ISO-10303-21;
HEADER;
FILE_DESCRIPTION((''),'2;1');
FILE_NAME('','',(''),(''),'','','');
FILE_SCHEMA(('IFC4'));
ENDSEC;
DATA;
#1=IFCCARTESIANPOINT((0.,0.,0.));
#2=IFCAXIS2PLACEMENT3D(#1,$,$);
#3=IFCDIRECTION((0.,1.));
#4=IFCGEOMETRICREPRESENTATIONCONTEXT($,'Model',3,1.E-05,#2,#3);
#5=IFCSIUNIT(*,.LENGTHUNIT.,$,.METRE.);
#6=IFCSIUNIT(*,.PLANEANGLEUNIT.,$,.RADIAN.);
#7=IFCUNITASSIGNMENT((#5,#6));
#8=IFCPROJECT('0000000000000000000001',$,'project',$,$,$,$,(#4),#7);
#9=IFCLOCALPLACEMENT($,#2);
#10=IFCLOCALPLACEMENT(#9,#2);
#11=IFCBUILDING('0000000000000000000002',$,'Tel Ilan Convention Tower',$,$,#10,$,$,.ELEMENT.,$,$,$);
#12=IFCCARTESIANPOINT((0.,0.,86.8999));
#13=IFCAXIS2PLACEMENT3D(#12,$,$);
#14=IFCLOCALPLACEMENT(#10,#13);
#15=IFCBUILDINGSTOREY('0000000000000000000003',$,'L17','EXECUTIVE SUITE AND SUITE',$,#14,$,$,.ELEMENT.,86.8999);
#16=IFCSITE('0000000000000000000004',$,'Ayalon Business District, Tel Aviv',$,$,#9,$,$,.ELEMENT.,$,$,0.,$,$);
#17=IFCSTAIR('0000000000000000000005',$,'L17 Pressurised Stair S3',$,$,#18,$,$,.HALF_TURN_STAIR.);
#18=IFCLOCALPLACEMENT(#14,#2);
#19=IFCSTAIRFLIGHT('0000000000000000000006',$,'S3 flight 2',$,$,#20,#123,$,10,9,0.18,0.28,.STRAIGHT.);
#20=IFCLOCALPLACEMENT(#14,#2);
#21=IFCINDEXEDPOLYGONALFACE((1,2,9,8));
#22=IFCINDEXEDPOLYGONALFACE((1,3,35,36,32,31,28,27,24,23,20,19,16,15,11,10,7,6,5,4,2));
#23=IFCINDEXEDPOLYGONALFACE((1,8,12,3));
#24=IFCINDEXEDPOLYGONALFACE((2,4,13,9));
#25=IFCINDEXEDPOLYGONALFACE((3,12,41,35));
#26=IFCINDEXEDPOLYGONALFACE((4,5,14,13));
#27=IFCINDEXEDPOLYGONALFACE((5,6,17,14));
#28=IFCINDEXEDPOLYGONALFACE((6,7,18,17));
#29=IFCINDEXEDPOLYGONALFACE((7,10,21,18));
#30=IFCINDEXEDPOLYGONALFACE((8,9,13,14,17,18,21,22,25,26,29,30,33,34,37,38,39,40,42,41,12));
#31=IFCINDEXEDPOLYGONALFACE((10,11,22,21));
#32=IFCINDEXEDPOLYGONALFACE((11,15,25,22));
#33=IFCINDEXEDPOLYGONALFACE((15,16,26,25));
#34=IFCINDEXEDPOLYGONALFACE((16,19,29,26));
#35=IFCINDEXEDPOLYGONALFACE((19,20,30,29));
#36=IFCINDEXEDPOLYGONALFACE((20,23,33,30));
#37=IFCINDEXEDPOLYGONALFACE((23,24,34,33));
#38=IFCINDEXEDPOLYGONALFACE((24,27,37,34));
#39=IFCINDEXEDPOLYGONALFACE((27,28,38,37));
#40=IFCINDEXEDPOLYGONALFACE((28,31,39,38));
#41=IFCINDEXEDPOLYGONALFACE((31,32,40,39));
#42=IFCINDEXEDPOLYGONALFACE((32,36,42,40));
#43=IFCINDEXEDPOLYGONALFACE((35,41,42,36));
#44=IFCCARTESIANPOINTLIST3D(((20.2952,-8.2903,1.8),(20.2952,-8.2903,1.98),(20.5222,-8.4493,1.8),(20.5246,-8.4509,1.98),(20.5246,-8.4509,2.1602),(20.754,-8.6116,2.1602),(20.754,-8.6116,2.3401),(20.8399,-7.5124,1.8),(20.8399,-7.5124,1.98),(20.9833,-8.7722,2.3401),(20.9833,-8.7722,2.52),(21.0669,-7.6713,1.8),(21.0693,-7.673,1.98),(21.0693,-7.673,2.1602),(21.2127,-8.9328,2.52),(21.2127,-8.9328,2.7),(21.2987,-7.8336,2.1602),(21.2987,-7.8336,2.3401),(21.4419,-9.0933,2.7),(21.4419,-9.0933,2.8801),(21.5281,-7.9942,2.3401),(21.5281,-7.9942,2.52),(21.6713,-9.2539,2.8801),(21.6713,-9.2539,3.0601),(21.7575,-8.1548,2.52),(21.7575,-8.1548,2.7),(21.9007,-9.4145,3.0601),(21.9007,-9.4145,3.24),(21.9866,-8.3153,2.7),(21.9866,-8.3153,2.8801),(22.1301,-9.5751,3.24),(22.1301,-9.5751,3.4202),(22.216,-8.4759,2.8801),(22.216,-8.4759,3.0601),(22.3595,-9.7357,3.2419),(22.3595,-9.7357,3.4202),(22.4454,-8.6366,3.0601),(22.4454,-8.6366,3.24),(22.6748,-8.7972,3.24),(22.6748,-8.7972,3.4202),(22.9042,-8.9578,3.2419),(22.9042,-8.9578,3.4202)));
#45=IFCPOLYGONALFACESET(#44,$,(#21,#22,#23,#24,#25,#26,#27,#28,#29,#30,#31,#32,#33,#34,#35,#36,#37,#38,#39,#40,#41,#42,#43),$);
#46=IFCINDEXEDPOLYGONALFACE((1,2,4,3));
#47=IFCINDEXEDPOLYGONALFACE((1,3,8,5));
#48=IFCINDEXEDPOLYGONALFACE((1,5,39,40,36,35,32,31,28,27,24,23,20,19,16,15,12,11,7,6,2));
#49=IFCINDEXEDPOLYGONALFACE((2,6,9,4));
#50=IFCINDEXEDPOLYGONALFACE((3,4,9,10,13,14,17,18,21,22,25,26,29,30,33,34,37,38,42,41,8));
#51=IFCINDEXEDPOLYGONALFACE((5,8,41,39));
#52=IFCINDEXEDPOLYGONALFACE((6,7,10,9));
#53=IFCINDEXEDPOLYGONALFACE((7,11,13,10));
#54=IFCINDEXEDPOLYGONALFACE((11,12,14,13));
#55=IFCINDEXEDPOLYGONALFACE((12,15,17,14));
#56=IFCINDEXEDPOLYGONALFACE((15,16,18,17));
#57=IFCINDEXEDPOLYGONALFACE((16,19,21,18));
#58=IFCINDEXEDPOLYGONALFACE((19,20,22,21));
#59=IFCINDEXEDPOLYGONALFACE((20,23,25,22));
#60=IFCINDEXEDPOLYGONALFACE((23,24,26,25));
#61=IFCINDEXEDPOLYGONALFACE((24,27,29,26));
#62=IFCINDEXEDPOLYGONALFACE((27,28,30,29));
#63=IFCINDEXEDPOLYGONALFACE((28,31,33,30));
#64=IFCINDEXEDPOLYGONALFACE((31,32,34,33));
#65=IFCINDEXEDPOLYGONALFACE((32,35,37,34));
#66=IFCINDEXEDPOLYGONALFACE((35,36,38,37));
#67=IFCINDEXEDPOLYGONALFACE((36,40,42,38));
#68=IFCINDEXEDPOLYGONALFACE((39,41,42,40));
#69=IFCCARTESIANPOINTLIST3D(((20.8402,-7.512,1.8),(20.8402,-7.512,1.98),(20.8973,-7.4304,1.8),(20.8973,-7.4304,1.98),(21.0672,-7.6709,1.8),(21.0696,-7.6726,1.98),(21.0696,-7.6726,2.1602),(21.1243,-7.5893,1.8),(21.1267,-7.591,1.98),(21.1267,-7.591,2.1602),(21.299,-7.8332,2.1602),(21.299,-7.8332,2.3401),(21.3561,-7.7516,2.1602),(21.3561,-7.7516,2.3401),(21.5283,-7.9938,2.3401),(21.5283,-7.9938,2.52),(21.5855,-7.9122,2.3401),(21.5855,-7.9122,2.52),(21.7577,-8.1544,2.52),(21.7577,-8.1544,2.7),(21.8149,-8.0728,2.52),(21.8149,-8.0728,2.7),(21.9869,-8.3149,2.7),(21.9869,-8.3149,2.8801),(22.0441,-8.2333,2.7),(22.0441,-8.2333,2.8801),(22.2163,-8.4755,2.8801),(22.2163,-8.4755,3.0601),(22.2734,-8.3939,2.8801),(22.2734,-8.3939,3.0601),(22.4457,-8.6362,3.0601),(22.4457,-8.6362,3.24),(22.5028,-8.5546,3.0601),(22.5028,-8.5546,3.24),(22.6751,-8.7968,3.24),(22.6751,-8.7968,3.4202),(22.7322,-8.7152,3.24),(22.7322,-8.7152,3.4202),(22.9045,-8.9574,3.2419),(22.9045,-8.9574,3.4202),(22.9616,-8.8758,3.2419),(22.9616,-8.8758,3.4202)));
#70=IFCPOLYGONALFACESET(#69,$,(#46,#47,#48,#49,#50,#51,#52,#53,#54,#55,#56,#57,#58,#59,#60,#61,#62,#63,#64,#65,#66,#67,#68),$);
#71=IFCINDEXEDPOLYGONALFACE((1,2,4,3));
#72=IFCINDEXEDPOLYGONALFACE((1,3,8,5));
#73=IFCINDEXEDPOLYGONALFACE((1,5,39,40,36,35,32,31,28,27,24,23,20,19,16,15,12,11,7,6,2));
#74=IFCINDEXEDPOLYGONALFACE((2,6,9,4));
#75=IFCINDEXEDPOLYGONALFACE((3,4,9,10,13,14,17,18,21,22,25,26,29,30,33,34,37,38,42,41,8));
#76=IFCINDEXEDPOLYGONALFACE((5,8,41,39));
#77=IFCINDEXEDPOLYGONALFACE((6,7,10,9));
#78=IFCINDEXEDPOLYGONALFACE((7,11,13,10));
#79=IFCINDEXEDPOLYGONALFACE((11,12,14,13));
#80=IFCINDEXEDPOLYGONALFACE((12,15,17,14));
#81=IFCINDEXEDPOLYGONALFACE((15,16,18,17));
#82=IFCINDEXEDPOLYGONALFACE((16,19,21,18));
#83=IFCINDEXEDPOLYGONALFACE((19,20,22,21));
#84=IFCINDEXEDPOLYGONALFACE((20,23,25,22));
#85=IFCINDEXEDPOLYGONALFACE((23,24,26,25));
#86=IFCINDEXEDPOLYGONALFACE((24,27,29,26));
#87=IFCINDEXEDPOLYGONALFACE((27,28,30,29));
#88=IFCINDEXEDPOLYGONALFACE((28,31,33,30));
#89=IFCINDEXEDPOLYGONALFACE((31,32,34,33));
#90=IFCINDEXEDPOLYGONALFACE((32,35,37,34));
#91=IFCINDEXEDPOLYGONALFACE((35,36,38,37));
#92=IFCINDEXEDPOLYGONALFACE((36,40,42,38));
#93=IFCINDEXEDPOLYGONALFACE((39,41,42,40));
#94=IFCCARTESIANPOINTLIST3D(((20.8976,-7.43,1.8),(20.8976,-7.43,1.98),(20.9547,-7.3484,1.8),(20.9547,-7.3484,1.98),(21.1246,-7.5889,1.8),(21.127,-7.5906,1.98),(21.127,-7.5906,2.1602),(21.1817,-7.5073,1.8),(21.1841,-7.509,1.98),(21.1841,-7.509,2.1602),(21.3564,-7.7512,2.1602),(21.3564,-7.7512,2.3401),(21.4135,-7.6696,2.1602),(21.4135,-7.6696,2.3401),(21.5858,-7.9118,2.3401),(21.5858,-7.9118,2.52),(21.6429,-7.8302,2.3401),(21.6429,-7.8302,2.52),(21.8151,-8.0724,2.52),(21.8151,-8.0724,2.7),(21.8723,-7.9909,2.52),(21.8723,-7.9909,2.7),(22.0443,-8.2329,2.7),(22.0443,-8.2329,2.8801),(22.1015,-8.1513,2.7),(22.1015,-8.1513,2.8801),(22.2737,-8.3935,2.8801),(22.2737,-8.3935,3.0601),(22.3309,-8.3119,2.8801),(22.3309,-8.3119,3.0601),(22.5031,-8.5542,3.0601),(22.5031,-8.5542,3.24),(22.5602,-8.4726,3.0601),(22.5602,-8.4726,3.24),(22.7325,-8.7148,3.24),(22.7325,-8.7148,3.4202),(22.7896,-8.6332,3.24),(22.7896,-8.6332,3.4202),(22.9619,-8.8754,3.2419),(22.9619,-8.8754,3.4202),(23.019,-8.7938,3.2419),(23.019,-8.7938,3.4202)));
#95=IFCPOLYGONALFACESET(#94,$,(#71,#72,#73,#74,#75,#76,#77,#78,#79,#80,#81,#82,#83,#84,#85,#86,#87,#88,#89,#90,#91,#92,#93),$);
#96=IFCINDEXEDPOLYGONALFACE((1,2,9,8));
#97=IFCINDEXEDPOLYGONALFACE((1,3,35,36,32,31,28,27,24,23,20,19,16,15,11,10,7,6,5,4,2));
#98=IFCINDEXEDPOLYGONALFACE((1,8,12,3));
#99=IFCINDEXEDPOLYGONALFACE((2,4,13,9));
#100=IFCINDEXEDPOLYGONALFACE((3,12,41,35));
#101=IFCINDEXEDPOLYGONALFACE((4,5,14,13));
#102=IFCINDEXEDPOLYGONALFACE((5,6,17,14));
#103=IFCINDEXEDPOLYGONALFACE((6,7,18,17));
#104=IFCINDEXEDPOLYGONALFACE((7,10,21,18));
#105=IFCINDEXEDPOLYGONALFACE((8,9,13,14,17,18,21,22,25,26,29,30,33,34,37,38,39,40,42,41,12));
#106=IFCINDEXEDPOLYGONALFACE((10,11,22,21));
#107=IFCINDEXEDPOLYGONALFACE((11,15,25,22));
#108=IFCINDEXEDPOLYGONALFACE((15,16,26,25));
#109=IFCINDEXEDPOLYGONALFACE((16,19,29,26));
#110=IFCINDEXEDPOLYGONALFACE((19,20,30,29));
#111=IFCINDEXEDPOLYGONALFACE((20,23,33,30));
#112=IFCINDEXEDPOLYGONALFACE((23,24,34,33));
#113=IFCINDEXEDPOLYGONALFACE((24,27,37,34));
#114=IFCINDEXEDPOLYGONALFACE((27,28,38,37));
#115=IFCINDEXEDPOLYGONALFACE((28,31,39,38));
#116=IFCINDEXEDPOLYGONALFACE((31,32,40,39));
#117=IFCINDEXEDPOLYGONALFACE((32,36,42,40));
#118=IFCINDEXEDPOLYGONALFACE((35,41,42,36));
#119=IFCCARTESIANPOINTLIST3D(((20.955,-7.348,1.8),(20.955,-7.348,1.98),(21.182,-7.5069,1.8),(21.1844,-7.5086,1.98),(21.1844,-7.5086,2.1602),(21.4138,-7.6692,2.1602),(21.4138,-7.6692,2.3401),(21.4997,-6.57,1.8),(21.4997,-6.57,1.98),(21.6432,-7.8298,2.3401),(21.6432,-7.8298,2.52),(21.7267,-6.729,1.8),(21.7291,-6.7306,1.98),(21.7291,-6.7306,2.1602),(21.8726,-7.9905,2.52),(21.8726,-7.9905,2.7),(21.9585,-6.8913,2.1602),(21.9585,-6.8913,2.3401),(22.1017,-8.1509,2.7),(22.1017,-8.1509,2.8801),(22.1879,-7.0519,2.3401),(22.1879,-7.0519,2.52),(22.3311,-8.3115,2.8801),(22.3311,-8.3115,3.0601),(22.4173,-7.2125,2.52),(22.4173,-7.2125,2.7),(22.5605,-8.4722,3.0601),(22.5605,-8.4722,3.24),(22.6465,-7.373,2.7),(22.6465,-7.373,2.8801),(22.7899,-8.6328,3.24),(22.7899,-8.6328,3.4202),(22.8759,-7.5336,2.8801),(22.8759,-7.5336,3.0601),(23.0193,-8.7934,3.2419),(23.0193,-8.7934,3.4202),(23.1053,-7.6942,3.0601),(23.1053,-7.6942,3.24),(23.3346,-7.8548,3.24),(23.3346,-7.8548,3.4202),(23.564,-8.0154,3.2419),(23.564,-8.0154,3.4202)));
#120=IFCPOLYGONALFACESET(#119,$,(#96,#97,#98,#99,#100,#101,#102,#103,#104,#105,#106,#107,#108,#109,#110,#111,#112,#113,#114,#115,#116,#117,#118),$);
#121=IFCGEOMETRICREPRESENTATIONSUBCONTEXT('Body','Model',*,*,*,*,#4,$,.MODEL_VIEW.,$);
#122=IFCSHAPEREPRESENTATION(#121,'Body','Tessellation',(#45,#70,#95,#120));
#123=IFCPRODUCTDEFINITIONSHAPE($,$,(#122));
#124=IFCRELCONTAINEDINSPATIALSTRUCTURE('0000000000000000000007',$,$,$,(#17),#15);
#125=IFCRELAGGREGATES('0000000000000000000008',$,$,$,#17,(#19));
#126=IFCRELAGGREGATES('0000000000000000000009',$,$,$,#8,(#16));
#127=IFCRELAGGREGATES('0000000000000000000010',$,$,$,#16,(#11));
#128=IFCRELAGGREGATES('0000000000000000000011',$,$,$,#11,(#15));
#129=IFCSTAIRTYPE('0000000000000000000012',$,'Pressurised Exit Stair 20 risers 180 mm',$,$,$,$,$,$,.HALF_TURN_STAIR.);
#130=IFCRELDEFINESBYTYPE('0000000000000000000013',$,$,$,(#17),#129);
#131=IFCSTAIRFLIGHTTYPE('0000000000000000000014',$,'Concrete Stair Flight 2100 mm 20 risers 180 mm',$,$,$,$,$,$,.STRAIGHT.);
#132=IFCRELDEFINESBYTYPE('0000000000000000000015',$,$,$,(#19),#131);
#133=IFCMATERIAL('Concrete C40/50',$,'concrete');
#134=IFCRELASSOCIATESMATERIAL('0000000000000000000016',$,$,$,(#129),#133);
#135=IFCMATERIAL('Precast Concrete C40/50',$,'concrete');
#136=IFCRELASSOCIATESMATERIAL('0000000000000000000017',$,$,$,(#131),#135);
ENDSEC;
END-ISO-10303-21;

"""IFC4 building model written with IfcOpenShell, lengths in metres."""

from ifc_helpers import new_model, si_unit, direction, frame, origin, place, context, subcontext, project, spatial, polyline, outline, extrude, material, type_object, element, aggregate, save


model = new_model("IFC4")

# Units and contexts
model_context = context("Model", 3, precision=1e-05, world=origin(), true_north=direction((0.0, 1.0)))
body_context = subcontext(model_context, "Body", "Model", "MODEL_VIEW")
ifc_project = project(units=[si_unit("LENGTHUNIT", "METRE"), si_unit("PLANEANGLEUNIT", "RADIAN")], contexts=[model_context])

# Site, building, storey
site_placement = place(None, origin())
site = spatial("IfcSite", under=ifc_project, at=site_placement, Name="Ayalon Business District, Tel Aviv", CompositionType="ELEMENT", RefElevation=0.0)
building_placement = place(site_placement, origin())
building = spatial("IfcBuilding", under=site, at=building_placement, Name="Tel Ilan Convention Tower", CompositionType="ELEMENT")
storey_placement = place(building_placement, frame((0.0, 0.0, 86.8999)))
storey = spatial("IfcBuildingStorey", under=building, at=storey_placement, Name="L17", Description="EXECUTIVE SUITE AND SUITE", CompositionType="ELEMENT", Elevation=86.8999)

# Stair, stair flight
ifc_material_1 = material(Name="Concrete C40/50", Category="concrete")
stair_type = type_object("IfcStairType", Name="Pressurised Exit Stair 20 risers 180 mm", PredefinedType="HALF_TURN_STAIR", material=ifc_material_1)
stair_1_placement = place(storey_placement, origin())
stair_1 = element("IfcStair", 1, at=stair_1_placement, inside=storey, type_object=stair_type, Name="L17 Pressurised Stair S3", PredefinedType="HALF_TURN_STAIR")
ifc_material_2 = material(Name="Precast Concrete C40/50", Category="concrete")
stair_flight_type = type_object("IfcStairFlightType", Name="Concrete Stair Flight 2100 mm 20 risers 180 mm", PredefinedType="STRAIGHT", material=ifc_material_2)
stair_flight_1_placement = place(storey_placement, frame((20.8975, -7.4302, 1.8), z_axis=(0.0, 0.0, 1.0), x_axis=(0.819152, -0.573576, 0.0)))
stair_flight_1 = element("IfcStairFlight", 2, at=stair_flight_1_placement, type_object=stair_flight_type, Name="S3 flight 2", NumberOfRisers=10, NumberOfTreads=9, PredefinedType="STRAIGHT", RiserHeight=0.18, TreadLength=0.28, context=body_context, shape_type="SweptSolid", body=[
    extrude(outline(polyline([(0.0, 0.0), (0.0, 0.1799), (0.28, 0.1799), (0.28, 0.3601), (0.5601, 0.3601), (0.5601, 0.54), (0.8401, 0.54), (0.8401, 0.72), (1.1201, 0.72), (1.1201, 0.8999), (1.3999, 0.8999), (1.3999, 1.0801), (1.6799, 1.0801), (1.6799, 1.26), (1.96, 1.26), (1.96, 1.4399), (2.24, 1.4399), (2.24, 1.6201), (2.52, 1.6201), (2.52, 1.8), (2.52, 1.4419), (0.2771, 0.0), (0.0, 0.0)])), frame((0.0, -0.1003, 0.0), z_axis=(0.0, -1.0, 0.0), x_axis=(1.0, 0.0, 0.0)), (0.0, 0.0, 1.0), 0.9497),
    extrude(outline(polyline([(0.0, 0.0), (0.0, 0.1799), (0.28, 0.1799), (0.28, 0.3601), (0.5601, 0.3601), (0.5601, 0.54), (0.8401, 0.54), (0.8401, 0.72), (1.1201, 0.72), (1.1201, 0.8999), (1.3999, 0.8999), (1.3999, 1.0801), (1.6799, 1.0801), (1.6799, 1.26), (1.96, 1.26), (1.96, 1.4399), (2.24, 1.4399), (2.24, 1.6201), (2.52, 1.6201), (2.52, 1.8), (2.52, 1.4419), (0.2771, 0.0), (0.0, 0.0)])), frame((0.0, -0.0002, 0.0), z_axis=(0.0, -1.0, 0.0), x_axis=(1.0, 0.0, 0.0)), (0.0, 0.0, 1.0), 0.0996),
    extrude(outline(polyline([(0.0, 0.0), (0.0, 0.1799), (0.28, 0.1799), (0.28, 0.3601), (0.5601, 0.3601), (0.5601, 0.54), (0.8401, 0.54), (0.8401, 0.72), (1.1201, 0.72), (1.1201, 0.8999), (1.3999, 0.8999), (1.3999, 1.0801), (1.6799, 1.0801), (1.6799, 1.26), (1.96, 1.26), (1.96, 1.4399), (2.24, 1.4399), (2.24, 1.6201), (2.52, 1.6201), (2.52, 1.8), (2.52, 1.4419), (0.2771, 0.0), (0.0, 0.0)])), frame((0.0, 0.0999, 0.0), z_axis=(0.0, -1.0, 0.0), x_axis=(1.0, 0.0, 0.0)), (0.0, 0.0, 1.0), 0.0996),
    extrude(outline(polyline([(0.0, 0.0), (0.0, 0.1799), (0.28, 0.1799), (0.28, 0.3601), (0.5601, 0.3601), (0.5601, 0.54), (0.8401, 0.54), (0.8401, 0.72), (1.1201, 0.72), (1.1201, 0.8999), (1.3999, 0.8999), (1.3999, 1.0801), (1.6799, 1.0801), (1.6799, 1.26), (1.96, 1.26), (1.96, 1.4399), (2.24, 1.4399), (2.24, 1.6201), (2.52, 1.6201), (2.52, 1.8), (2.52, 1.4419), (0.2771, 0.0), (0.0, 0.0)])), frame((0.0, 1.05, 0.0), z_axis=(0.0, -1.0, 0.0), x_axis=(1.0, 0.0, 0.0)), (0.0, 0.0, 1.0), 0.9497),
])
aggregate(stair_1, [stair_flight_1])

save(model, "model.ifc")
